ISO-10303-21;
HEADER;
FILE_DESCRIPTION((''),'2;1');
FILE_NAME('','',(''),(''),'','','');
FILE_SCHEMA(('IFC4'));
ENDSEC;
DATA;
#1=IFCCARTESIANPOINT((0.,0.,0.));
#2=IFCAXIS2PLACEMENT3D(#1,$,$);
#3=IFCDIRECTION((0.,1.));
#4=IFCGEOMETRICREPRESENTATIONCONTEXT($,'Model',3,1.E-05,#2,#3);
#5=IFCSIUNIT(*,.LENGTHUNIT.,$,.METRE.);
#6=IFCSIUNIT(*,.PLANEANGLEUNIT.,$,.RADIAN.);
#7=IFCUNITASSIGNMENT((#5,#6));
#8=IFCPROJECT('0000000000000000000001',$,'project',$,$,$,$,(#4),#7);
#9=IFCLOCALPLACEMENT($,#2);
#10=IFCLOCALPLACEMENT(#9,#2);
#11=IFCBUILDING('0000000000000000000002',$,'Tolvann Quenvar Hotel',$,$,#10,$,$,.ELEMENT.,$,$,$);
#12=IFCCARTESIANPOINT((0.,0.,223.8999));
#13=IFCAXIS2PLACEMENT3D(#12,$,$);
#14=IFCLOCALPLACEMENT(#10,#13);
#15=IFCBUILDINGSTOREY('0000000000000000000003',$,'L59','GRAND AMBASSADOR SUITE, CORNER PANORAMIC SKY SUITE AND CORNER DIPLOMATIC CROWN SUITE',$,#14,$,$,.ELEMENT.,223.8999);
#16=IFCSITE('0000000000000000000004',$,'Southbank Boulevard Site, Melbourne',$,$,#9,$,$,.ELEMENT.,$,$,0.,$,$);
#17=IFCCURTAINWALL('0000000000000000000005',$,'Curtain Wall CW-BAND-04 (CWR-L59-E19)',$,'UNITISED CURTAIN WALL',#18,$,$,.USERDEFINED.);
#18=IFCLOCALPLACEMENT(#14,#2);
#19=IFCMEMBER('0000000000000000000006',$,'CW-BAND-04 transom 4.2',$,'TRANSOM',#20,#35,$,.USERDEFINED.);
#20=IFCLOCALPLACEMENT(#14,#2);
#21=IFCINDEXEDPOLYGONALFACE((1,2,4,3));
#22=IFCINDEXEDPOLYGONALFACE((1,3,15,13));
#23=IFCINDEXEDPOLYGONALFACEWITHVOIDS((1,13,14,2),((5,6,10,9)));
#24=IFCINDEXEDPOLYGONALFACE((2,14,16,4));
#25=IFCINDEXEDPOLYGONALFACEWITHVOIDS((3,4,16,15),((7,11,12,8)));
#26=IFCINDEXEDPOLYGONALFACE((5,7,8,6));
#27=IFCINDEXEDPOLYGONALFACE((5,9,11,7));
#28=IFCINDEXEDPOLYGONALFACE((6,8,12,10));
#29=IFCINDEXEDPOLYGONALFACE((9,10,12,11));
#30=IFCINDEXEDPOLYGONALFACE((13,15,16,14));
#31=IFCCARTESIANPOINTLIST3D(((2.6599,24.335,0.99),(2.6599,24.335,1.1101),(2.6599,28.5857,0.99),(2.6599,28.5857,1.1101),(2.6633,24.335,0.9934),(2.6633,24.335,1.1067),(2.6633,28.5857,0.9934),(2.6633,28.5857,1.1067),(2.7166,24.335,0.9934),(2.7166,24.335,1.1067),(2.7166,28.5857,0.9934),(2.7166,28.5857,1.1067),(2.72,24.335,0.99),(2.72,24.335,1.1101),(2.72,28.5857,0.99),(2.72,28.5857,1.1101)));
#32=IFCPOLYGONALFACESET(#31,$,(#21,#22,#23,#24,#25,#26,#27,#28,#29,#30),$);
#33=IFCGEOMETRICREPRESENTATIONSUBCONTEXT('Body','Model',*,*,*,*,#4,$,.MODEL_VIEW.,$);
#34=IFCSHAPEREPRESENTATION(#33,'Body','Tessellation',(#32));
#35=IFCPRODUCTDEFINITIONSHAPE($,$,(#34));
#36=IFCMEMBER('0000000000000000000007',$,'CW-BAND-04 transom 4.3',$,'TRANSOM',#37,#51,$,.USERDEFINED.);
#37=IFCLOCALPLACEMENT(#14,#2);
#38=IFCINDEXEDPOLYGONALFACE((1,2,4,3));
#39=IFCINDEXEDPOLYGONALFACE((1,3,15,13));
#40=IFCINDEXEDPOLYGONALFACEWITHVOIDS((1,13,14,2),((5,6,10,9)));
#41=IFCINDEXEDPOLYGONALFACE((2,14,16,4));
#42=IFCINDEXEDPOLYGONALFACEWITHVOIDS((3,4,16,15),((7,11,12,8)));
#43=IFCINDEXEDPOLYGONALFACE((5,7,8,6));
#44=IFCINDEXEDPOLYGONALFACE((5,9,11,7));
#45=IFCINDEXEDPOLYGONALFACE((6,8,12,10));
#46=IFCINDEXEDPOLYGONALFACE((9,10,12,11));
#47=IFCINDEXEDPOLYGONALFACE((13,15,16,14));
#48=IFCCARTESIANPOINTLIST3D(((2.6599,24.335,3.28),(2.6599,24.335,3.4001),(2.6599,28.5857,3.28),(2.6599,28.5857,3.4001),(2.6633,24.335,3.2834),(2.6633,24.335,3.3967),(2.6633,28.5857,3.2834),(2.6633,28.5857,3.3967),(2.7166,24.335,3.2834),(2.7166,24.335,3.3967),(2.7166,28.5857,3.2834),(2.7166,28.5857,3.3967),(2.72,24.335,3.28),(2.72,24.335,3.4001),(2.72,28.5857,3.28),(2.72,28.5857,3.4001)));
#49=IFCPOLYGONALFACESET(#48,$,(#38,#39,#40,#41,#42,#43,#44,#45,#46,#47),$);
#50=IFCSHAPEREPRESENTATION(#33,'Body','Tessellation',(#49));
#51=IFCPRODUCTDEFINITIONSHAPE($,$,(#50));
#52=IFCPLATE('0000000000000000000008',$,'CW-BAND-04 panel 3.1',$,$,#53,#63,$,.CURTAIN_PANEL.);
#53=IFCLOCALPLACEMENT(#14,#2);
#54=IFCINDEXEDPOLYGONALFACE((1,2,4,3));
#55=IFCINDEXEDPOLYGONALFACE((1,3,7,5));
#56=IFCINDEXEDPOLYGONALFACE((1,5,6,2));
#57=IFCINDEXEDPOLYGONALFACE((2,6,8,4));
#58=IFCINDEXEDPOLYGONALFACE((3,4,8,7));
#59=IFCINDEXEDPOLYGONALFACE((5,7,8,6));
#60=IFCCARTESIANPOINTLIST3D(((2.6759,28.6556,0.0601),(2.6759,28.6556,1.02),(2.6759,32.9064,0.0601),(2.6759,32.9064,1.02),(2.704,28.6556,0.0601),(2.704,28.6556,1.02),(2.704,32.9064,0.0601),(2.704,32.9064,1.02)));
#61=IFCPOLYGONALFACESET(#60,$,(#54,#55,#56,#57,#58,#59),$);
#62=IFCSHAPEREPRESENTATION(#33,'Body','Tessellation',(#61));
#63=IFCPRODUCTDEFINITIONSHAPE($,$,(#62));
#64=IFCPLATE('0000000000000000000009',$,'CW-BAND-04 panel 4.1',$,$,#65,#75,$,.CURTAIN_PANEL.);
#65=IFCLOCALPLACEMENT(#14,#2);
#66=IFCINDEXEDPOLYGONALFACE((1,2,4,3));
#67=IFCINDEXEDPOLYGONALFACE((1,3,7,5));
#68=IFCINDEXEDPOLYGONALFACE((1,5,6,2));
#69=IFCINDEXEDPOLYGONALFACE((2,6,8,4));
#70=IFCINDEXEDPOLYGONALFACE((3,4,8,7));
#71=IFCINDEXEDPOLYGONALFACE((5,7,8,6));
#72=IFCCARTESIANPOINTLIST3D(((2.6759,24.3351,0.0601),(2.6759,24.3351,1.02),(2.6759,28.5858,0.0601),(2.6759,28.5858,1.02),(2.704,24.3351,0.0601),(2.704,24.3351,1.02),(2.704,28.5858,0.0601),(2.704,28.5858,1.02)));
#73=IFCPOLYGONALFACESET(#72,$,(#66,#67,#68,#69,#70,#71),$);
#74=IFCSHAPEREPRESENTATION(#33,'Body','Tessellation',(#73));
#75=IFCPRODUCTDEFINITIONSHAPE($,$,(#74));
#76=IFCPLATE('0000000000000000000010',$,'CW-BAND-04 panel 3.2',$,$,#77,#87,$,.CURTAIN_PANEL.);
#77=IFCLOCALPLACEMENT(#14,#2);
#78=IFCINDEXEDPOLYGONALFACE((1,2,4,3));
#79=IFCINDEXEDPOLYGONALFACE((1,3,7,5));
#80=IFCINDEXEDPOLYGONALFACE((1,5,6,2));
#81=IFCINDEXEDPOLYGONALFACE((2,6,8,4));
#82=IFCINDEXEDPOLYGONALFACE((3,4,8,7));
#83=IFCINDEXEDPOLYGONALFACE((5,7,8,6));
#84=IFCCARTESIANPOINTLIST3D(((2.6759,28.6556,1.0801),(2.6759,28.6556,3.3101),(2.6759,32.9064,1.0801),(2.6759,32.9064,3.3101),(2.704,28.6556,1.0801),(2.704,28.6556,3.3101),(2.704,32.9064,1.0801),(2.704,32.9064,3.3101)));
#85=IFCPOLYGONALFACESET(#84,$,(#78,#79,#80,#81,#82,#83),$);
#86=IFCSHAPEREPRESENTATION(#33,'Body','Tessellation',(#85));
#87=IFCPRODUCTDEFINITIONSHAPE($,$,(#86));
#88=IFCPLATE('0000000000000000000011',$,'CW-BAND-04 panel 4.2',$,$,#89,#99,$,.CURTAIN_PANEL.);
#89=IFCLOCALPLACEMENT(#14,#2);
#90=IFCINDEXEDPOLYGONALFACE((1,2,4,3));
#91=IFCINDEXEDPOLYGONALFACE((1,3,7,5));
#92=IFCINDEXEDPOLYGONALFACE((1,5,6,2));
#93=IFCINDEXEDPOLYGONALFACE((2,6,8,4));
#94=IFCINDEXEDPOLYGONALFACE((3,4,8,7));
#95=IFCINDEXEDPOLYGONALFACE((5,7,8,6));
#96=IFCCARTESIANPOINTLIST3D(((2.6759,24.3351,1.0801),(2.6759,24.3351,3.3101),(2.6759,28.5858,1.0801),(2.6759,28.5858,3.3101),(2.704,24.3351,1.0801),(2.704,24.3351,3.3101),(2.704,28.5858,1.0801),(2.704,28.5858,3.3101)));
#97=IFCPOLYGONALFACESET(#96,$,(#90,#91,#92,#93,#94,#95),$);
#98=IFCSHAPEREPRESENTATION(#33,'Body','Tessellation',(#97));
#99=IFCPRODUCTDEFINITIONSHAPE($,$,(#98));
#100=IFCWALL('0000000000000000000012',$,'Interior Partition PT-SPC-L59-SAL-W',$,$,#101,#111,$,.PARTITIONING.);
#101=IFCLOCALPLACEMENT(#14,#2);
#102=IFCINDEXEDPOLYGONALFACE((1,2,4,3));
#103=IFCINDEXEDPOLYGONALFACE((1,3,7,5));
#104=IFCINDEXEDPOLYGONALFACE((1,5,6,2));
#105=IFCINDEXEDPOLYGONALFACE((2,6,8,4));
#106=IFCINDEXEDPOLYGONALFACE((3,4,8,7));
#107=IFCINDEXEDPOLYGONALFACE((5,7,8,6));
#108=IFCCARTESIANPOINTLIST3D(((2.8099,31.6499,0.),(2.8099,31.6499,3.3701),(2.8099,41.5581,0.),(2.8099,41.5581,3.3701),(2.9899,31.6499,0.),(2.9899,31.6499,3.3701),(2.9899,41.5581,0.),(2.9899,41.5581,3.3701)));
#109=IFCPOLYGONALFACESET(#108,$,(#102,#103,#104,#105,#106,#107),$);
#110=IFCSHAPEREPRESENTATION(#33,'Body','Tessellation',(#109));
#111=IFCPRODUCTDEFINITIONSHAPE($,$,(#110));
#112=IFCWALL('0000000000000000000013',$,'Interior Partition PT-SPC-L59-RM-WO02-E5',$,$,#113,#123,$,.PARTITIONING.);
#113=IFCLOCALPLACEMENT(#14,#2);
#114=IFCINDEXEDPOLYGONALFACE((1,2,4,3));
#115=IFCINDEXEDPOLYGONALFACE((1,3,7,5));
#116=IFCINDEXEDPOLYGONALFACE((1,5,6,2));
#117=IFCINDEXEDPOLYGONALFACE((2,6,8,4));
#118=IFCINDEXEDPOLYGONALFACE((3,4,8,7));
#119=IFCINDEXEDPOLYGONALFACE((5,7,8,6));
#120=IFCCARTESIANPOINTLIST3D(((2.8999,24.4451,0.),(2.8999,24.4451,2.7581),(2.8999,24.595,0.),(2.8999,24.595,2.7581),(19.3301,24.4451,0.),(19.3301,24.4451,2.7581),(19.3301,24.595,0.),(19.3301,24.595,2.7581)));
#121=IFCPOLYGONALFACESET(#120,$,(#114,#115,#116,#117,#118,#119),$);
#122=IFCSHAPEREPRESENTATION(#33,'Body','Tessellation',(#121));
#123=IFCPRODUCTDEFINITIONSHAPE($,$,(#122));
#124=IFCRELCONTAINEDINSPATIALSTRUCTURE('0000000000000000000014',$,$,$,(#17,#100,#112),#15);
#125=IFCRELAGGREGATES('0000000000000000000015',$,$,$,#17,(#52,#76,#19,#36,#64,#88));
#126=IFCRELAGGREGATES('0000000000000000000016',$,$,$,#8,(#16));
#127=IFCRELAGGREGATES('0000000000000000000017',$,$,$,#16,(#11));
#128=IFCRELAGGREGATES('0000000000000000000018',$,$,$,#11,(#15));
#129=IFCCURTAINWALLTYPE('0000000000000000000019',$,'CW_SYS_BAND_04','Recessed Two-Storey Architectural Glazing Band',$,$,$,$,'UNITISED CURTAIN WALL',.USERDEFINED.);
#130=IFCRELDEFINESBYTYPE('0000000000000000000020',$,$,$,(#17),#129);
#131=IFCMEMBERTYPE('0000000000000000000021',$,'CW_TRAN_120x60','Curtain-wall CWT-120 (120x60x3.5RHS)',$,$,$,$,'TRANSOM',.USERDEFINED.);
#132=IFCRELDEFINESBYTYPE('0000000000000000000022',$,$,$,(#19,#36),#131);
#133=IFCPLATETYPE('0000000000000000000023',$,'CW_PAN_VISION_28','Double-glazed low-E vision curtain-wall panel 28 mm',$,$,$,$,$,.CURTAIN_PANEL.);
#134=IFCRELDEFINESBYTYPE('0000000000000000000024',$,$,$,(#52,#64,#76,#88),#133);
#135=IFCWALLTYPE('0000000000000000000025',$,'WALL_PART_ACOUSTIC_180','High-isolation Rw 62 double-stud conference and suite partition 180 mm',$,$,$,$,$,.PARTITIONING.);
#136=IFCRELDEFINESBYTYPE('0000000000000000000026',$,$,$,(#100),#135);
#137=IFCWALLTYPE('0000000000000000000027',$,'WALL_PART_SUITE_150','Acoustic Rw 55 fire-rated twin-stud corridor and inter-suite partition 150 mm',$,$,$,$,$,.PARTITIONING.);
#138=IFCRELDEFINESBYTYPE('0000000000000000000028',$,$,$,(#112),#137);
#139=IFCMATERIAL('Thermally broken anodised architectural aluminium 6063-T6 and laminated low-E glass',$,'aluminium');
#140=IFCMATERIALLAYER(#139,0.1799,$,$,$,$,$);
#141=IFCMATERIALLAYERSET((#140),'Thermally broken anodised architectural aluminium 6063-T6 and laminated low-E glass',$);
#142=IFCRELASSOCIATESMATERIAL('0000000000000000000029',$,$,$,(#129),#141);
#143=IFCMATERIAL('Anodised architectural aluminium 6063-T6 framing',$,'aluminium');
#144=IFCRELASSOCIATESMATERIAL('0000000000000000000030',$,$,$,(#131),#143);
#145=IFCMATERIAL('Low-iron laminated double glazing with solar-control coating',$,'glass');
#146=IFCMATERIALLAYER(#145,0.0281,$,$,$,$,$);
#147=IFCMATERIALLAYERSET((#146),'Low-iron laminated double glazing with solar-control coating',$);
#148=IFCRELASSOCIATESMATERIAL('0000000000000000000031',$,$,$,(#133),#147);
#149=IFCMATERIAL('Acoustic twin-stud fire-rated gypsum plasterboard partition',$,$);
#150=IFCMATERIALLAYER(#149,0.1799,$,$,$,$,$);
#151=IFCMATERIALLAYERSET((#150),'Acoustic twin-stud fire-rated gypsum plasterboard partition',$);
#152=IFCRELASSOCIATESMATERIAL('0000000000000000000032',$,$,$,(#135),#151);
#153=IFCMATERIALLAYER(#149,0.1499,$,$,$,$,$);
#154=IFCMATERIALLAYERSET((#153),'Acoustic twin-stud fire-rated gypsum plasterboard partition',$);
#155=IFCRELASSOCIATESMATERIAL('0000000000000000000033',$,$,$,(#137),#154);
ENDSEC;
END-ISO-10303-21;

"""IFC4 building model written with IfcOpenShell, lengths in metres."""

from ifc_helpers import new_model, si_unit, direction, frame, frame_2d, origin, origin_2d, place, context, subcontext, project, spatial, rectangle, hollow_rectangle, extrude, source, transform, mapped, material, layer, layer_set, material_profile, profile_set, type_object, type_shapes, element, aggregate, save


model = new_model("IFC4")

# Units and contexts
model_context = context("Model", 3, precision=1e-05, world=origin(), true_north=direction((0.0, 1.0)))
body_context = subcontext(model_context, "Body", "Model", "MODEL_VIEW")
ifc_project = project(units=[si_unit("LENGTHUNIT", "METRE"), si_unit("PLANEANGLEUNIT", "RADIAN")], contexts=[model_context])

# Site, building, storey
site_placement = place(None, origin())
site = spatial("IfcSite", under=ifc_project, at=site_placement, Name="Southbank Boulevard Site, Melbourne", CompositionType="ELEMENT", RefElevation=0.0)
building_placement = place(site_placement, origin())
building = spatial("IfcBuilding", under=site, at=building_placement, Name="Tolvann Quenvar Hotel", CompositionType="ELEMENT")
storey_placement = place(building_placement, frame((0.0, 0.0, 223.8999)))
storey = spatial("IfcBuildingStorey", under=building, at=storey_placement, Name="L59", Description="GRAND AMBASSADOR SUITE, CORNER PANORAMIC SKY SUITE AND CORNER DIPLOMATIC CROWN SUITE", CompositionType="ELEMENT", Elevation=223.8999)

# Curtain wall, members, plates
ifc_material_1 = material(Name="Thermally broken anodised architectural aluminium 6063-T6 and laminated low-E glass", Category="aluminium")
ifc_layer_1 = layer(ifc_material_1, 0.1799)
ifc_layer_set_1 = layer_set([ifc_layer_1], Name="Thermally broken anodised architectural aluminium 6063-T6 and laminated low-E glass")
curtain_wall_type = type_object("IfcCurtainWallType", Name="CW_SYS_BAND_04", Description="Recessed Two-Storey Architectural Glazing Band", ElementType="UNITISED CURTAIN WALL", PredefinedType="USERDEFINED", material=ifc_layer_set_1)
curtain_wall_placement = place(storey_placement, origin())
curtain_wall = element("IfcCurtainWall", 1, at=curtain_wall_placement, inside=storey, type_object=curtain_wall_type, Name="Curtain Wall CW-BAND-04 (CWR-L59-E19)", ObjectType="UNITISED CURTAIN WALL", PredefinedType="USERDEFINED")
ifc_material_2 = material(Name="Anodised architectural aluminium 6063-T6 framing", Category="aluminium")
ifc_material_profile_1 = material_profile(ifc_material_2, hollow_rectangle(XDim=0.0601, YDim=0.1201, WallThickness=0.0034, at=origin_2d()), Name="120x60x3.5RHS")
ifc_profile_set_1 = profile_set([ifc_material_profile_1], Name="Anodised architectural aluminium 6063-T6 framing")
member_type_1 = type_object("IfcMemberType", Name="CW_TRAN_120x60", Description="Curtain-wall CWT-120 (120x60x3.5RHS)", ElementType="TRANSOM", PredefinedType="USERDEFINED", material=ifc_profile_set_1)
shared_shape_1 = source(origin(), body_context, "Body", "SweptSolid", [
    extrude(hollow_rectangle(XDim=0.0601, YDim=0.1201, WallThickness=0.0034, at=origin_2d()), origin(), (0.0, 0.0, 1.0), 4.2507),
])
type_shapes(member_type_1, [shared_shape_1])
member_1_placement = place(storey_placement, frame((2.6899, 28.5857, 1.05), z_axis=(0.0, -1.0, 0.0), x_axis=(1.0, 0.0, 0.0)))
member_1 = element("IfcMember", 2, at=member_1_placement, type_object=member_type_1, Name="CW-BAND-04 transom 4.2", ObjectType="TRANSOM", PredefinedType="USERDEFINED", context=body_context, shape_type="MappedRepresentation", body=[
    mapped(shared_shape_1, transform((0.0, 0.0, 0.0), x_axis=(1.0, 0.0, 0.0), y_axis=(0.0, 1.0, 0.0), z_axis=(0.0, 0.0, 1.0), scale=1.0)),
])
member_2_placement = place(storey_placement, frame((2.6899, 28.5857, 3.3401), z_axis=(0.0, -1.0, 0.0), x_axis=(1.0, 0.0, 0.0)))
member_2 = element("IfcMember", 3, at=member_2_placement, type_object=member_type_1, Name="CW-BAND-04 transom 4.3", ObjectType="TRANSOM", PredefinedType="USERDEFINED", context=body_context, shape_type="MappedRepresentation", body=[
    mapped(shared_shape_1, transform((0.0, 0.0, 0.0), x_axis=(1.0, 0.0, 0.0), y_axis=(0.0, 1.0, 0.0), z_axis=(0.0, 0.0, 1.0), scale=1.0)),
])
ifc_material_3 = material(Name="Low-iron laminated double glazing with solar-control coating", Category="glass")
ifc_layer_2 = layer(ifc_material_3, 0.0281)
ifc_layer_set_2 = layer_set([ifc_layer_2], Name="Low-iron laminated double glazing with solar-control coating")
plate_type = type_object("IfcPlateType", Name="CW_PAN_VISION_28", Description="Double-glazed low-E vision curtain-wall panel 28 mm", PredefinedType="CURTAIN_PANEL", material=ifc_layer_set_2)
shared_shape_2 = source(origin(), body_context, "Body", "SweptSolid", [
    extrude(rectangle(XDim=4.2507, YDim=0.0281, at=origin_2d()), origin(), (0.0, 0.0, 1.0), 0.96),
])
plate_1_placement = place(storey_placement, frame((2.6899, 30.781, 0.0601), z_axis=(0.0, 0.0, 1.0), x_axis=(0.0, -1.0, 0.0)))
plate_1 = element("IfcPlate", 4, at=plate_1_placement, type_object=plate_type, Name="CW-BAND-04 panel 3.1", PredefinedType="CURTAIN_PANEL", context=body_context, shape_type="MappedRepresentation", body=[
    mapped(shared_shape_2, transform((0.0, 0.0, 0.0), x_axis=(1.0, 0.0, 0.0), y_axis=(0.0, 1.0, 0.0), z_axis=(0.0, 0.0, 1.0), scale=1.0)),
])
plate_2_placement = place(storey_placement, frame((2.6899, 26.4604, 0.0601), z_axis=(0.0, 0.0, 1.0), x_axis=(0.0, -1.0, 0.0)))
plate_2 = element("IfcPlate", 5, at=plate_2_placement, type_object=plate_type, Name="CW-BAND-04 panel 4.1", PredefinedType="CURTAIN_PANEL", context=body_context, shape_type="MappedRepresentation", body=[
    mapped(shared_shape_2, transform((0.0, 0.0, 0.0), x_axis=(1.0, 0.0, 0.0), y_axis=(0.0, 1.0, 0.0), z_axis=(0.0, 0.0, 1.0), scale=1.0)),
])
shared_shape_3 = source(origin(), body_context, "Body", "SweptSolid", [
    extrude(rectangle(XDim=4.2507, YDim=0.0281, at=origin_2d()), origin(), (0.0, 0.0, 1.0), 2.23),
])
type_shapes(plate_type, [shared_shape_2, shared_shape_3])
plate_3_placement = place(storey_placement, frame((2.6899, 30.781, 1.0801), z_axis=(0.0, 0.0, 1.0), x_axis=(0.0, -1.0, 0.0)))
plate_3 = element("IfcPlate", 6, at=plate_3_placement, type_object=plate_type, Name="CW-BAND-04 panel 3.2", PredefinedType="CURTAIN_PANEL", context=body_context, shape_type="MappedRepresentation", body=[
    mapped(shared_shape_3, transform((0.0, 0.0, 0.0), x_axis=(1.0, 0.0, 0.0), y_axis=(0.0, 1.0, 0.0), z_axis=(0.0, 0.0, 1.0), scale=1.0)),
])
plate_4_placement = place(storey_placement, frame((2.6899, 26.4604, 1.0801), z_axis=(0.0, 0.0, 1.0), x_axis=(0.0, -1.0, 0.0)))
plate_4 = element("IfcPlate", 7, at=plate_4_placement, type_object=plate_type, Name="CW-BAND-04 panel 4.2", PredefinedType="CURTAIN_PANEL", context=body_context, shape_type="MappedRepresentation", body=[
    mapped(shared_shape_3, transform((0.0, 0.0, 0.0), x_axis=(1.0, 0.0, 0.0), y_axis=(0.0, 1.0, 0.0), z_axis=(0.0, 0.0, 1.0), scale=1.0)),
])
aggregate(curtain_wall, [plate_1, plate_3, member_1, member_2, plate_2, plate_4])

# Shared definitions
ifc_material_4 = material(Name="Acoustic twin-stud fire-rated gypsum plasterboard partition")
ifc_layer_3 = layer(ifc_material_4, 0.1799)
ifc_layer_set_3 = layer_set([ifc_layer_3], Name="Acoustic twin-stud fire-rated gypsum plasterboard partition")
wall_type_1 = type_object("IfcWallType", Name="WALL_PART_ACOUSTIC_180", Description="High-isolation Rw 62 double-stud conference and suite partition 180 mm", PredefinedType="PARTITIONING", material=ifc_layer_set_3)

# Walls
wall_1_placement = place(storey_placement, frame((2.8999, 31.6499, 0.0), z_axis=(0.0, 0.0, 1.0), x_axis=(0.0, 1.0, 0.0)))
element("IfcWall", 8, at=wall_1_placement, inside=storey, type_object=wall_type_1, Name="Interior Partition PT-SPC-L59-SAL-W", PredefinedType="PARTITIONING", context=body_context, shape_type="SweptSolid", body=[
    extrude(rectangle(XDim=9.9082, YDim=0.1799, at=frame_2d((4.9541, 0.0))), origin(), (0.0, 0.0, 1.0), 3.3701),
])
ifc_layer_4 = layer(ifc_material_4, 0.1499)
ifc_layer_set_4 = layer_set([ifc_layer_4], Name="Acoustic twin-stud fire-rated gypsum plasterboard partition")
wall_type_2 = type_object("IfcWallType", Name="WALL_PART_SUITE_150", Description="Acoustic Rw 55 fire-rated twin-stud corridor and inter-suite partition 150 mm", PredefinedType="PARTITIONING", material=ifc_layer_set_4)
wall_2_placement = place(storey_placement, frame((2.8999, 24.52, 0.0), z_axis=(0.0, 0.0, 1.0), x_axis=(1.0, 0.0, 0.0)))
element("IfcWall", 9, at=wall_2_placement, inside=storey, type_object=wall_type_2, Name="Interior Partition PT-SPC-L59-RM-WO02-E5", PredefinedType="PARTITIONING", context=body_context, shape_type="SweptSolid", body=[
    extrude(rectangle(XDim=16.4302, YDim=0.1499, at=frame_2d((8.2151, 0.0))), origin(), (0.0, 0.0, 1.0), 2.7581),
])

save(model, "model.ifc")
